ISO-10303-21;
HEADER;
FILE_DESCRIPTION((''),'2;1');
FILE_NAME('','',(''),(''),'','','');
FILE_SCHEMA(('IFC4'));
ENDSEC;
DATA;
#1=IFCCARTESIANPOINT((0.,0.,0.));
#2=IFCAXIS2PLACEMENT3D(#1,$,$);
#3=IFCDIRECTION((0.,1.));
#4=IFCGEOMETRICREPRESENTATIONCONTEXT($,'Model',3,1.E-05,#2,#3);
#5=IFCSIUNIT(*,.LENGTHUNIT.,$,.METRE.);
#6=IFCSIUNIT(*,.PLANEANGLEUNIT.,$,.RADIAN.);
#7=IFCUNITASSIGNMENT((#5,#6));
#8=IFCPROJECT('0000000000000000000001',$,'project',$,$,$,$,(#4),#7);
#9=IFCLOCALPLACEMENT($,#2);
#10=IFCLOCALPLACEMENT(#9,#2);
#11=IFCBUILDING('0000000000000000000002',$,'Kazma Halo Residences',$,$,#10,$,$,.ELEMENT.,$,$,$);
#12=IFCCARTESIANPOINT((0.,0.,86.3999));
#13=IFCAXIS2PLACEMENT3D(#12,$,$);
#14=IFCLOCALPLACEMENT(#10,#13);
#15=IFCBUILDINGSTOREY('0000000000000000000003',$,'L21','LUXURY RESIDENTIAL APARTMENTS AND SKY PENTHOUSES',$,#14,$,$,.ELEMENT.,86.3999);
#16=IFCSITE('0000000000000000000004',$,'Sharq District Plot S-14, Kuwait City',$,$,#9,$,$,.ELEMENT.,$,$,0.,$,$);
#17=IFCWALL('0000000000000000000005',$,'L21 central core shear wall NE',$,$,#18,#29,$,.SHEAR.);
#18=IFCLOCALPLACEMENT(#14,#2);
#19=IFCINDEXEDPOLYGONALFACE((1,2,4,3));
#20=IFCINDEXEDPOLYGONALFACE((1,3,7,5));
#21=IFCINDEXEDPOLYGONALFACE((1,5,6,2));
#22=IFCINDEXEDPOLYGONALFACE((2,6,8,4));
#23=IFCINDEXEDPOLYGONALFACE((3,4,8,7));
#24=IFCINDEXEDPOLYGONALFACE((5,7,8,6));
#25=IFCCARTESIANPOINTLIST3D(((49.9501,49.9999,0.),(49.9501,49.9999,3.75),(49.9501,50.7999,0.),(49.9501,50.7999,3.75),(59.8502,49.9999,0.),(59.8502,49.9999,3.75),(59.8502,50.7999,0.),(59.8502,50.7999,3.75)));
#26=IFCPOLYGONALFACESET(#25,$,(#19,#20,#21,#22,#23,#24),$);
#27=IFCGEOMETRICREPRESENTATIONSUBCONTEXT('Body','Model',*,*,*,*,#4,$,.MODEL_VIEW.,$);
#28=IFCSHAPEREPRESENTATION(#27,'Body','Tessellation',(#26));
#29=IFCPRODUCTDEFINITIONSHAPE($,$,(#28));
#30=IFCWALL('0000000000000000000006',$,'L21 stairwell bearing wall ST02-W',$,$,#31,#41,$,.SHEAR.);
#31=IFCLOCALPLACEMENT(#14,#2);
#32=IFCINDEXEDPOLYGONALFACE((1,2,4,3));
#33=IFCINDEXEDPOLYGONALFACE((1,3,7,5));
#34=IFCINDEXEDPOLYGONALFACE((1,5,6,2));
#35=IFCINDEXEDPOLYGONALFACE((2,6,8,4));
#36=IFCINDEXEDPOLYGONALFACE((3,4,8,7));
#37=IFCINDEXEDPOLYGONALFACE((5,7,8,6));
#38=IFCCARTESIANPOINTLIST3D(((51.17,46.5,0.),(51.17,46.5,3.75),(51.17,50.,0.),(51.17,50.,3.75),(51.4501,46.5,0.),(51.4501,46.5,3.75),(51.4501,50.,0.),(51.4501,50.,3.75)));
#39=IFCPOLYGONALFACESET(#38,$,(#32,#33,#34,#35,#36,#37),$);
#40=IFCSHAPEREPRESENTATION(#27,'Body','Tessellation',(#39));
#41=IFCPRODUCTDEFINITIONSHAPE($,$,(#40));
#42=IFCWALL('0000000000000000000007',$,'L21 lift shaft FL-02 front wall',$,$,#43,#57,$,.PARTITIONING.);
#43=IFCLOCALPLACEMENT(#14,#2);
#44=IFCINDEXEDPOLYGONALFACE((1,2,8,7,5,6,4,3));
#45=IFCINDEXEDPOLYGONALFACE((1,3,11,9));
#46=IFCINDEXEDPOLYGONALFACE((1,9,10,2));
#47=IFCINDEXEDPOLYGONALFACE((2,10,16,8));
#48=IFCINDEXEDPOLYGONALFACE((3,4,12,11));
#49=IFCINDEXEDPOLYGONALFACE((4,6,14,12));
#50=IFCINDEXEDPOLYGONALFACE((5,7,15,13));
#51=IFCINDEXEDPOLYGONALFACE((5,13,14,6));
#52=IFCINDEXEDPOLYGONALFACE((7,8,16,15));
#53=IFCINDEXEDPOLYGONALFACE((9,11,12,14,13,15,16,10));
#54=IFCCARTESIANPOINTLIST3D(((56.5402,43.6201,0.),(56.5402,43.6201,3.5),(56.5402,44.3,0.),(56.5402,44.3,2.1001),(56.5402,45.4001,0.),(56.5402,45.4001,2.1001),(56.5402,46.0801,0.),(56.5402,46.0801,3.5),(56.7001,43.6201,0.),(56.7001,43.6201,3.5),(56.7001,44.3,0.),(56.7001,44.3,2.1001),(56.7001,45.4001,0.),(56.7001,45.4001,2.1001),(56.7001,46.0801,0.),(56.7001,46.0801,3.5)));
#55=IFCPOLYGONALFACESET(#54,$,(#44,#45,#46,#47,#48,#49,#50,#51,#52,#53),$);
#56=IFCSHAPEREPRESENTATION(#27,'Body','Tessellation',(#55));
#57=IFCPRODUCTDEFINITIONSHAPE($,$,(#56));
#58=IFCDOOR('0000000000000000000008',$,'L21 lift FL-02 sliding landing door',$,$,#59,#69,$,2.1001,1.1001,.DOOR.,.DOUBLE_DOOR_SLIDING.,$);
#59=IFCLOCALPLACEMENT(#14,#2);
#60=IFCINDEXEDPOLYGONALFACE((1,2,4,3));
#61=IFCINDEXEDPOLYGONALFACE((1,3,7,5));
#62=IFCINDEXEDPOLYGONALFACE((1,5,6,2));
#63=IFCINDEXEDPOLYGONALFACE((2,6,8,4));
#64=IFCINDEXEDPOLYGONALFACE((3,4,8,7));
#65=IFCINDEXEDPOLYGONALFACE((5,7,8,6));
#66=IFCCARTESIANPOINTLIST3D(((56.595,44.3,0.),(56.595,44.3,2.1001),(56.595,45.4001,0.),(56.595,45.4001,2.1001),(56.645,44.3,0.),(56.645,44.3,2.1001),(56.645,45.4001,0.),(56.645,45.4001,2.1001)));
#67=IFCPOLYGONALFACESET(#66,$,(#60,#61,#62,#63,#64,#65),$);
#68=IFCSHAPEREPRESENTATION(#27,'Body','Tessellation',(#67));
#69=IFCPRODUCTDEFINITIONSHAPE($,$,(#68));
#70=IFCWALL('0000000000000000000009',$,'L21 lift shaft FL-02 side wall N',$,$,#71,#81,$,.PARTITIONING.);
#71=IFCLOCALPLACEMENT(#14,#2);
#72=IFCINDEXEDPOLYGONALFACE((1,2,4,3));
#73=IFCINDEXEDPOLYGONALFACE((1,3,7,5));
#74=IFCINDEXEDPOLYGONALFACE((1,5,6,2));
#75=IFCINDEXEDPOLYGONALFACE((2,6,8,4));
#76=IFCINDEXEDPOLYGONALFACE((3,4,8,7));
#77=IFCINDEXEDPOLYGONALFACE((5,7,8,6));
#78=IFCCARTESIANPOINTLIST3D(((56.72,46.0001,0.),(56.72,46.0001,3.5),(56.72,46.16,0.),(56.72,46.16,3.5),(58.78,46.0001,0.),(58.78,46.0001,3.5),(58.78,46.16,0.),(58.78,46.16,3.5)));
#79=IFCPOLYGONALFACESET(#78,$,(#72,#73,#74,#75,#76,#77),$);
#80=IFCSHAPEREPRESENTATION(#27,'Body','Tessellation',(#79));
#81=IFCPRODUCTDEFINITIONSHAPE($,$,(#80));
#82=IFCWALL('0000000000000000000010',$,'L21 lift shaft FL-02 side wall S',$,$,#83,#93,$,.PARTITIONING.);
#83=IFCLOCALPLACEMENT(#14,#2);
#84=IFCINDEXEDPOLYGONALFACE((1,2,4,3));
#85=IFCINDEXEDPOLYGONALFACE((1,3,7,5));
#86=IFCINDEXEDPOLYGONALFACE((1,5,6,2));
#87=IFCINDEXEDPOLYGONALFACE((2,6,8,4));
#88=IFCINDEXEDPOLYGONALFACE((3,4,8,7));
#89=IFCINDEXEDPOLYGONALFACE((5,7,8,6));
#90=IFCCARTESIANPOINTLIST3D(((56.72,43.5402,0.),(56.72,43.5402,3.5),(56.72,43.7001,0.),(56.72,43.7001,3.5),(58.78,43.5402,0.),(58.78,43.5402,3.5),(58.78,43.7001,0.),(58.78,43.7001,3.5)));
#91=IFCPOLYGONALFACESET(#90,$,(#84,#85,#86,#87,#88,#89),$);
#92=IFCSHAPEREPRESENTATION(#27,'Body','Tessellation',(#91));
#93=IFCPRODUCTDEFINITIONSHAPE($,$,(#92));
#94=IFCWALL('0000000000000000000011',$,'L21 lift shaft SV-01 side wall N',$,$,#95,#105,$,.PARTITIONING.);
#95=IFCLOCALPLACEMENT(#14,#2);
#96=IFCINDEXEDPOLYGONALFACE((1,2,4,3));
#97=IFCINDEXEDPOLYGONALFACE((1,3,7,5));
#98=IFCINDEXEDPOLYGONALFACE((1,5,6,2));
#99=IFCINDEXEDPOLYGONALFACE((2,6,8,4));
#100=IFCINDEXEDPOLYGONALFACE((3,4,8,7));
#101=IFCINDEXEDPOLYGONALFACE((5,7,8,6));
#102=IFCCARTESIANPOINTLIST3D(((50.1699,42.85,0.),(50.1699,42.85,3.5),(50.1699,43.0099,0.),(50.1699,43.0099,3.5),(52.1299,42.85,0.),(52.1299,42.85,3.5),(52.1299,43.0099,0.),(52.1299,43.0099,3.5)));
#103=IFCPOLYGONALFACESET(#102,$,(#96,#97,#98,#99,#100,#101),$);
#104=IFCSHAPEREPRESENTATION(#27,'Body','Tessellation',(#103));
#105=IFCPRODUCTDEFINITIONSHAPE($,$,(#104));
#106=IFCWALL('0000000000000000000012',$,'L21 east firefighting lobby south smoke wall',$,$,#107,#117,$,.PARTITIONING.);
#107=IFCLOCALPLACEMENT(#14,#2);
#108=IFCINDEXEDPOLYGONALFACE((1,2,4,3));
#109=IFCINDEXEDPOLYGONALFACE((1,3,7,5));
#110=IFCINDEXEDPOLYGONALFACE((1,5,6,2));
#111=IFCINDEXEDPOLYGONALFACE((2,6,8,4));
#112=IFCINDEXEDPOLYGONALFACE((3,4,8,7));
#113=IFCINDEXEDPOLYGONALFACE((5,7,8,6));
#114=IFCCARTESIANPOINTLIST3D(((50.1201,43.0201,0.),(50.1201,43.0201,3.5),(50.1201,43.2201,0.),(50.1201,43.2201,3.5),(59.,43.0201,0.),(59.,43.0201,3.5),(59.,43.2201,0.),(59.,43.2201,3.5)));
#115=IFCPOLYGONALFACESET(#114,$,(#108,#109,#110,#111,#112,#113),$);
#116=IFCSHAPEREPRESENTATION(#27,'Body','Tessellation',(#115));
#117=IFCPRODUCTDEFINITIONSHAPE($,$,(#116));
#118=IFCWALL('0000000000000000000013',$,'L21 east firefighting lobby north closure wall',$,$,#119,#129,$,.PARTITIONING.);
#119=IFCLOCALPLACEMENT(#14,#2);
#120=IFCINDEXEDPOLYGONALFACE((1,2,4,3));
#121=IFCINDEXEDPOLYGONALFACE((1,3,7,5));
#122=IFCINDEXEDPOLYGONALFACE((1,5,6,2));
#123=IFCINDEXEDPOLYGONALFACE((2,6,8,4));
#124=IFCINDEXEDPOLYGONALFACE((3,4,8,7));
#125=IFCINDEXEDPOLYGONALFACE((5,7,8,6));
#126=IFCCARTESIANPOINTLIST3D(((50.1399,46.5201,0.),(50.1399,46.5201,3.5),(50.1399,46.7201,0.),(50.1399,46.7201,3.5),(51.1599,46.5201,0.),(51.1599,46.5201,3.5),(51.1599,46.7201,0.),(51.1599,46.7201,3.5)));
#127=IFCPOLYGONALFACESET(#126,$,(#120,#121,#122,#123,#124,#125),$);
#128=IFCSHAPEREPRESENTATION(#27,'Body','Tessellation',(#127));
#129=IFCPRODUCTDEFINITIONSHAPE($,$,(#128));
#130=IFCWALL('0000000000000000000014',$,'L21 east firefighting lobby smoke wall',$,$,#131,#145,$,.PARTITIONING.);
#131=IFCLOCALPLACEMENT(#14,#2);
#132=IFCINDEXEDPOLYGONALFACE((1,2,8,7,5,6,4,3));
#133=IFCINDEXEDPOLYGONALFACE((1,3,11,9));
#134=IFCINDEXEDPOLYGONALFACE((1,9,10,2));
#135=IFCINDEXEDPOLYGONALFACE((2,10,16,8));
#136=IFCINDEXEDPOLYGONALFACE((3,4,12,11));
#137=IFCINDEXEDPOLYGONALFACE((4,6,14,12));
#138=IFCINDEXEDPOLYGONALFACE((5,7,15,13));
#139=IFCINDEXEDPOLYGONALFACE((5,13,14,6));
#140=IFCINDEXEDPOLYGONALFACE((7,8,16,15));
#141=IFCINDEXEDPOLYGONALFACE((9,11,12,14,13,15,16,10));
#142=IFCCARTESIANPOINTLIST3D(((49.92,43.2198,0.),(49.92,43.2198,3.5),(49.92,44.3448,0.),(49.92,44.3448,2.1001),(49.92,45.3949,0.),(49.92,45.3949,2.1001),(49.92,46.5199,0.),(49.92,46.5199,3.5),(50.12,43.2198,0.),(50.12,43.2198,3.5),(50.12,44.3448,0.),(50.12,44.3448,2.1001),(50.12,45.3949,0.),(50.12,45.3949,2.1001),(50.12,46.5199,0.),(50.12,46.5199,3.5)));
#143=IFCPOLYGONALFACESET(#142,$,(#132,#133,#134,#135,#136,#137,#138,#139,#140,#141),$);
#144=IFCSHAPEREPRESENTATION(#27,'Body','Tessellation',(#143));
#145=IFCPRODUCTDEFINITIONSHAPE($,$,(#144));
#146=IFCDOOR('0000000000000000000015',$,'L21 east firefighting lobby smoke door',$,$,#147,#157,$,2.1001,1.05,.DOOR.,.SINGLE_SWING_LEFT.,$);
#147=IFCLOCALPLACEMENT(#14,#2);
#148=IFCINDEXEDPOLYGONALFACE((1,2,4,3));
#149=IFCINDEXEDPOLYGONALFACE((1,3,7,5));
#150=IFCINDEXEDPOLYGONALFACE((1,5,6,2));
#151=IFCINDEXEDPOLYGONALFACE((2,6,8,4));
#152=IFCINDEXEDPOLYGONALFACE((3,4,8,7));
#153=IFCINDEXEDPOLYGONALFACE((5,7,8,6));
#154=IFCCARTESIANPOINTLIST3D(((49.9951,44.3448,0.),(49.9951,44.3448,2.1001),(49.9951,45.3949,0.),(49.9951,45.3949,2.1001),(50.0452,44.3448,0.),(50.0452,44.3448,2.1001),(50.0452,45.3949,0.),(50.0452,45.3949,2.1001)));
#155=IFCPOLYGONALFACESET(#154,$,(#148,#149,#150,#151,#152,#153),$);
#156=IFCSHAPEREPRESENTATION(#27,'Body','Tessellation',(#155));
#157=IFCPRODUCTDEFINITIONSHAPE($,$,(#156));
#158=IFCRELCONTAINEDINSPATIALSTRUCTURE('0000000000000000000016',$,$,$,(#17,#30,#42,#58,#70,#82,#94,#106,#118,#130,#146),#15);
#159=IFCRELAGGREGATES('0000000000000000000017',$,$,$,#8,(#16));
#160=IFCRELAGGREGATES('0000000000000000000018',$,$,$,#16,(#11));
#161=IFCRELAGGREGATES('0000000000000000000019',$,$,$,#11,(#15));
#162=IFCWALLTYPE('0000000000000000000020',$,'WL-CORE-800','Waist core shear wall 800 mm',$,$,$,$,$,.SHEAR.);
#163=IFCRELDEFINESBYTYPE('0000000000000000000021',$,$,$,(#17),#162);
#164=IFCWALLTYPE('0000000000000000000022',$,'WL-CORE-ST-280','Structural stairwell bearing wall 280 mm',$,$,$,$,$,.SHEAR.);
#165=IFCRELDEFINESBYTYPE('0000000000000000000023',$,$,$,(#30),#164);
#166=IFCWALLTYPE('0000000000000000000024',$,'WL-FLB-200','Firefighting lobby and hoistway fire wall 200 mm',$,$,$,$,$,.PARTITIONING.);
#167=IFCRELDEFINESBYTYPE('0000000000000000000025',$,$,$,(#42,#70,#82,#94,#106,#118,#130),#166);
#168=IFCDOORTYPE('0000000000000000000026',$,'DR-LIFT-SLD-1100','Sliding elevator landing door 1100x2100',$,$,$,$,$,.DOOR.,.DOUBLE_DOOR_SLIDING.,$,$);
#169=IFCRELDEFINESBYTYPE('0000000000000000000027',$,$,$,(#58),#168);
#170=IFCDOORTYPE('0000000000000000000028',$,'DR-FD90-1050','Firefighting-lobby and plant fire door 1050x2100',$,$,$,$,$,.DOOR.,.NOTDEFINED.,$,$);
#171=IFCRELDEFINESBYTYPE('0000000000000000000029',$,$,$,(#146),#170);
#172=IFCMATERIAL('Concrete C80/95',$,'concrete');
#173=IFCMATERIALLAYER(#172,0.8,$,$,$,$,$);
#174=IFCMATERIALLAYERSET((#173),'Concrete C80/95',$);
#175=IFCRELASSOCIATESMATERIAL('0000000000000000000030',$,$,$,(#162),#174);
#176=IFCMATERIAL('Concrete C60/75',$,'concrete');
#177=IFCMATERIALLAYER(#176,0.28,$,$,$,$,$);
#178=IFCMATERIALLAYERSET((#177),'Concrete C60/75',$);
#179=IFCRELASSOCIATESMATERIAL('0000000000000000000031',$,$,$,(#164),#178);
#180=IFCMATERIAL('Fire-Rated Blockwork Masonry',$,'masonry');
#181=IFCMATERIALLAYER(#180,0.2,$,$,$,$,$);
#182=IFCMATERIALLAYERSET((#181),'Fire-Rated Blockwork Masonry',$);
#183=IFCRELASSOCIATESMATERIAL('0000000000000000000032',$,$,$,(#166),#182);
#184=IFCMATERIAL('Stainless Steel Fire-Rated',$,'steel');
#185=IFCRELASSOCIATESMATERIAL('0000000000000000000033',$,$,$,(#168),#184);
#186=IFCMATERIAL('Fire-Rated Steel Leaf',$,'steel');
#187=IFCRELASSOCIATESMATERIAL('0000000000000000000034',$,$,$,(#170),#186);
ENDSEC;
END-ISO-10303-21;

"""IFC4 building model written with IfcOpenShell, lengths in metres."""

from ifc_helpers import new_model, si_unit, direction, frame, frame_2d, origin, place, context, subcontext, project, spatial, rectangle, extrude, material, layer, layer_set, type_object, element, fill, save


model = new_model("IFC4")

# Units and contexts
model_context = context("Model", 3, precision=1e-05, world=origin(), true_north=direction((0.0, 1.0)))
body_context = subcontext(model_context, "Body", "Model", "MODEL_VIEW")
ifc_project = project(units=[si_unit("LENGTHUNIT", "METRE"), si_unit("PLANEANGLEUNIT", "RADIAN")], contexts=[model_context])

# Site, building, storey
site_placement = place(None, origin())
site = spatial("IfcSite", under=ifc_project, at=site_placement, Name="Sharq District Plot S-14, Kuwait City", CompositionType="ELEMENT", RefElevation=0.0)
building_placement = place(site_placement, origin())
building = spatial("IfcBuilding", under=site, at=building_placement, Name="Kazma Halo Residences", CompositionType="ELEMENT")
storey_placement = place(building_placement, frame((0.0, 0.0, 86.3999)))
storey = spatial("IfcBuildingStorey", under=building, at=storey_placement, Name="L21", Description="LUXURY RESIDENTIAL APARTMENTS AND SKY PENTHOUSES", CompositionType="ELEMENT", Elevation=86.3999)

# Walls
ifc_material_1 = material(Name="Concrete C80/95", Category="concrete")
ifc_layer_1 = layer(ifc_material_1, 0.8)
ifc_layer_set_1 = layer_set([ifc_layer_1], Name="Concrete C80/95")
wall_type_1 = type_object("IfcWallType", Name="WL-CORE-800", Description="Waist core shear wall 800 mm", PredefinedType="SHEAR", material=ifc_layer_set_1)
wall_1_placement = place(storey_placement, frame((49.95, 50.3999, 0.0), z_axis=(0.0, 0.0, 1.0), x_axis=(1.0, 0.0, 0.0)))
element("IfcWall", 1, at=wall_1_placement, inside=storey, type_object=wall_type_1, Name="L21 central core shear wall NE", PredefinedType="SHEAR", context=body_context, shape_type="SweptSolid", body=[
    extrude(rectangle(XDim=9.9001, YDim=0.8, at=frame_2d((4.9502, 0.0))), origin(), (0.0, 0.0, 1.0), 3.75),
])
ifc_material_2 = material(Name="Concrete C60/75", Category="concrete")
ifc_layer_2 = layer(ifc_material_2, 0.28)
ifc_layer_set_2 = layer_set([ifc_layer_2], Name="Concrete C60/75")
wall_type_2 = type_object("IfcWallType", Name="WL-CORE-ST-280", Description="Structural stairwell bearing wall 280 mm", PredefinedType="SHEAR", material=ifc_layer_set_2)
wall_2_placement = place(storey_placement, frame((51.3101, 46.5, 0.0), z_axis=(0.0, 0.0, 1.0), x_axis=(0.0, 1.0, 0.0)))
element("IfcWall", 2, at=wall_2_placement, inside=storey, type_object=wall_type_2, Name="L21 stairwell bearing wall ST02-W", PredefinedType="SHEAR", context=body_context, shape_type="SweptSolid", body=[
    extrude(rectangle(XDim=3.5, YDim=0.28, at=frame_2d((1.75, 0.0))), origin(), (0.0, 0.0, 1.0), 3.75),
])

# Wall, opening, door
ifc_material_3 = material(Name="Fire-Rated Blockwork Masonry", Category="masonry")
ifc_layer_3 = layer(ifc_material_3, 0.2)
ifc_layer_set_3 = layer_set([ifc_layer_3], Name="Fire-Rated Blockwork Masonry")
wall_type_3 = type_object("IfcWallType", Name="WL-FLB-200", Description="Firefighting lobby and hoistway fire wall 200 mm", PredefinedType="PARTITIONING", material=ifc_layer_set_3)
wall_3_placement = place(storey_placement, frame((56.6201, 46.0801, 0.0), z_axis=(0.0, 0.0, 1.0), x_axis=(0.0, -1.0, 0.0)))
wall_3 = element("IfcWall", 3, at=wall_3_placement, inside=storey, type_object=wall_type_3, Name="L21 lift shaft FL-02 front wall", PredefinedType="PARTITIONING", context=body_context, shape_type="SweptSolid", body=[
    extrude(rectangle(XDim=2.46, YDim=0.1599, at=frame_2d((1.23, 0.0))), origin(), (0.0, 0.0, 1.0), 3.5),
])
opening_1_placement = place(wall_3_placement, frame((0.6799, 0.0, 0.0)))
opening_1 = element("IfcOpeningElement", 4, at=opening_1_placement, cuts=wall_3, PredefinedType="OPENING", context=body_context, shape_type="SweptSolid", body=[
    extrude(rectangle(XDim=1.1001, YDim=2.1001, at=frame_2d((0.55, 1.05))), frame((0.0, 0.0898, 0.0), z_axis=(0.0, -1.0, 0.0), x_axis=(1.0, 0.0, 0.0)), (0.0, 0.0, 1.0), 0.1799),
])
ifc_material_4 = material(Name="Stainless Steel Fire-Rated", Category="steel")
door_type_1 = type_object("IfcDoorType", Name="DR-LIFT-SLD-1100", Description="Sliding elevator landing door 1100x2100", OperationType="DOUBLE_DOOR_SLIDING", PredefinedType="DOOR", material=ifc_material_4)
door_1_placement = place(opening_1_placement, origin())
door_1 = element("IfcDoor", 5, at=door_1_placement, inside=storey, type_object=door_type_1, Name="L21 lift FL-02 sliding landing door", OperationType="DOUBLE_DOOR_SLIDING", OverallHeight=2.1001, OverallWidth=1.1001, PredefinedType="DOOR", context=body_context, shape_type="SweptSolid", body=[
    extrude(rectangle(XDim=1.1001, YDim=2.1001, at=frame_2d((0.55, 1.05))), frame((0.0, 0.0249, 0.0), z_axis=(0.0, -1.0, 0.0), x_axis=(1.0, 0.0, 0.0)), (0.0, 0.0, 1.0), 0.05),
])
fill(opening_1, door_1)

# Walls
for number, where, z_axis, x_axis, name in (
    (6, (56.72, 46.0801, 0.0), (0.0, 0.0, 1.0), (1.0, 0.0, 0.0), "L21 lift shaft FL-02 side wall N"),
    (7, (56.72, 43.6201, 0.0), (0.0, 0.0, 1.0), (1.0, 0.0, 0.0), "L21 lift shaft FL-02 side wall S"),
):
    element("IfcWall", number, at=place(storey_placement, frame(where, z_axis=z_axis, x_axis=x_axis)), inside=storey, type_object=wall_type_3, Name=name, PredefinedType="PARTITIONING", context=body_context, shape_type="SweptSolid", body=[
        extrude(rectangle(XDim=2.0601, YDim=0.1599, at=frame_2d((1.03, 0.0))), origin(), (0.0, 0.0, 1.0), 3.5),
    ])
wall_4_placement = place(storey_placement, frame((50.1699, 42.9299, 0.0), z_axis=(0.0, 0.0, 1.0), x_axis=(1.0, 0.0, 0.0)))
element("IfcWall", 8, at=wall_4_placement, inside=storey, type_object=wall_type_3, Name="L21 lift shaft SV-01 side wall N", PredefinedType="PARTITIONING", context=body_context, shape_type="SweptSolid", body=[
    extrude(rectangle(XDim=1.96, YDim=0.1599, at=frame_2d((0.98, 0.0))), origin(), (0.0, 0.0, 1.0), 3.5),
])
wall_5_placement = place(storey_placement, frame((50.1201, 43.1201, 0.0), z_axis=(0.0, 0.0, 1.0), x_axis=(1.0, 0.0, 0.0)))
element("IfcWall", 9, at=wall_5_placement, inside=storey, type_object=wall_type_3, Name="L21 east firefighting lobby south smoke wall", PredefinedType="PARTITIONING", context=body_context, shape_type="SweptSolid", body=[
    extrude(rectangle(XDim=8.8799, YDim=0.2, at=frame_2d((4.4399, 0.0))), origin(), (0.0, 0.0, 1.0), 3.5),
])
wall_6_placement = place(storey_placement, frame((50.1399, 46.6201, 0.0), z_axis=(0.0, 0.0, 1.0), x_axis=(1.0, 0.0, 0.0)))
element("IfcWall", 10, at=wall_6_placement, inside=storey, type_object=wall_type_3, Name="L21 east firefighting lobby north closure wall", PredefinedType="PARTITIONING", context=body_context, shape_type="SweptSolid", body=[
    extrude(rectangle(XDim=1.02, YDim=0.2, at=frame_2d((0.51, 0.0))), origin(), (0.0, 0.0, 1.0), 3.5),
])

# Wall, opening, door
wall_7_placement = place(storey_placement, frame((50.02, 43.22, 0.0), z_axis=(0.0, 0.0, 1.0), x_axis=(0.0, 1.0, 0.0)))
wall_7 = element("IfcWall", 11, at=wall_7_placement, inside=storey, type_object=wall_type_3, Name="L21 east firefighting lobby smoke wall", PredefinedType="PARTITIONING", context=body_context, shape_type="SweptSolid", body=[
    extrude(rectangle(XDim=3.3, YDim=0.2, at=frame_2d((1.6499, 0.0))), origin(), (0.0, 0.0, 1.0), 3.5),
])
opening_2_placement = place(wall_7_placement, frame((1.125, 0.0, 0.0)))
opening_2 = element("IfcOpeningElement", 12, at=opening_2_placement, cuts=wall_7, PredefinedType="OPENING", context=body_context, shape_type="SweptSolid", body=[
    extrude(rectangle(XDim=1.05, YDim=2.1001, at=frame_2d((0.5249, 1.05))), frame((0.0, 0.1099, 0.0), z_axis=(0.0, -1.0, 0.0), x_axis=(1.0, 0.0, 0.0)), (0.0, 0.0, 1.0), 0.22),
])
ifc_material_5 = material(Name="Fire-Rated Steel Leaf", Category="steel")
door_type_2 = type_object("IfcDoorType", Name="DR-FD90-1050", Description="Firefighting-lobby and plant fire door 1050x2100", OperationType="NOTDEFINED", PredefinedType="DOOR", material=ifc_material_5)
door_2_placement = place(opening_2_placement, origin())
door_2 = element("IfcDoor", 13, at=door_2_placement, inside=storey, type_object=door_type_2, Name="L21 east firefighting lobby smoke door", OperationType="SINGLE_SWING_LEFT", OverallHeight=2.1001, OverallWidth=1.05, PredefinedType="DOOR", context=body_context, shape_type="SweptSolid", body=[
    extrude(rectangle(XDim=1.05, YDim=2.1001, at=frame_2d((0.5249, 1.05))), frame((0.0, 0.0249, 0.0), z_axis=(0.0, -1.0, 0.0), x_axis=(1.0, 0.0, 0.0)), (0.0, 0.0, 1.0), 0.05),
])
fill(opening_2, door_2)

save(model, "model.ifc")
